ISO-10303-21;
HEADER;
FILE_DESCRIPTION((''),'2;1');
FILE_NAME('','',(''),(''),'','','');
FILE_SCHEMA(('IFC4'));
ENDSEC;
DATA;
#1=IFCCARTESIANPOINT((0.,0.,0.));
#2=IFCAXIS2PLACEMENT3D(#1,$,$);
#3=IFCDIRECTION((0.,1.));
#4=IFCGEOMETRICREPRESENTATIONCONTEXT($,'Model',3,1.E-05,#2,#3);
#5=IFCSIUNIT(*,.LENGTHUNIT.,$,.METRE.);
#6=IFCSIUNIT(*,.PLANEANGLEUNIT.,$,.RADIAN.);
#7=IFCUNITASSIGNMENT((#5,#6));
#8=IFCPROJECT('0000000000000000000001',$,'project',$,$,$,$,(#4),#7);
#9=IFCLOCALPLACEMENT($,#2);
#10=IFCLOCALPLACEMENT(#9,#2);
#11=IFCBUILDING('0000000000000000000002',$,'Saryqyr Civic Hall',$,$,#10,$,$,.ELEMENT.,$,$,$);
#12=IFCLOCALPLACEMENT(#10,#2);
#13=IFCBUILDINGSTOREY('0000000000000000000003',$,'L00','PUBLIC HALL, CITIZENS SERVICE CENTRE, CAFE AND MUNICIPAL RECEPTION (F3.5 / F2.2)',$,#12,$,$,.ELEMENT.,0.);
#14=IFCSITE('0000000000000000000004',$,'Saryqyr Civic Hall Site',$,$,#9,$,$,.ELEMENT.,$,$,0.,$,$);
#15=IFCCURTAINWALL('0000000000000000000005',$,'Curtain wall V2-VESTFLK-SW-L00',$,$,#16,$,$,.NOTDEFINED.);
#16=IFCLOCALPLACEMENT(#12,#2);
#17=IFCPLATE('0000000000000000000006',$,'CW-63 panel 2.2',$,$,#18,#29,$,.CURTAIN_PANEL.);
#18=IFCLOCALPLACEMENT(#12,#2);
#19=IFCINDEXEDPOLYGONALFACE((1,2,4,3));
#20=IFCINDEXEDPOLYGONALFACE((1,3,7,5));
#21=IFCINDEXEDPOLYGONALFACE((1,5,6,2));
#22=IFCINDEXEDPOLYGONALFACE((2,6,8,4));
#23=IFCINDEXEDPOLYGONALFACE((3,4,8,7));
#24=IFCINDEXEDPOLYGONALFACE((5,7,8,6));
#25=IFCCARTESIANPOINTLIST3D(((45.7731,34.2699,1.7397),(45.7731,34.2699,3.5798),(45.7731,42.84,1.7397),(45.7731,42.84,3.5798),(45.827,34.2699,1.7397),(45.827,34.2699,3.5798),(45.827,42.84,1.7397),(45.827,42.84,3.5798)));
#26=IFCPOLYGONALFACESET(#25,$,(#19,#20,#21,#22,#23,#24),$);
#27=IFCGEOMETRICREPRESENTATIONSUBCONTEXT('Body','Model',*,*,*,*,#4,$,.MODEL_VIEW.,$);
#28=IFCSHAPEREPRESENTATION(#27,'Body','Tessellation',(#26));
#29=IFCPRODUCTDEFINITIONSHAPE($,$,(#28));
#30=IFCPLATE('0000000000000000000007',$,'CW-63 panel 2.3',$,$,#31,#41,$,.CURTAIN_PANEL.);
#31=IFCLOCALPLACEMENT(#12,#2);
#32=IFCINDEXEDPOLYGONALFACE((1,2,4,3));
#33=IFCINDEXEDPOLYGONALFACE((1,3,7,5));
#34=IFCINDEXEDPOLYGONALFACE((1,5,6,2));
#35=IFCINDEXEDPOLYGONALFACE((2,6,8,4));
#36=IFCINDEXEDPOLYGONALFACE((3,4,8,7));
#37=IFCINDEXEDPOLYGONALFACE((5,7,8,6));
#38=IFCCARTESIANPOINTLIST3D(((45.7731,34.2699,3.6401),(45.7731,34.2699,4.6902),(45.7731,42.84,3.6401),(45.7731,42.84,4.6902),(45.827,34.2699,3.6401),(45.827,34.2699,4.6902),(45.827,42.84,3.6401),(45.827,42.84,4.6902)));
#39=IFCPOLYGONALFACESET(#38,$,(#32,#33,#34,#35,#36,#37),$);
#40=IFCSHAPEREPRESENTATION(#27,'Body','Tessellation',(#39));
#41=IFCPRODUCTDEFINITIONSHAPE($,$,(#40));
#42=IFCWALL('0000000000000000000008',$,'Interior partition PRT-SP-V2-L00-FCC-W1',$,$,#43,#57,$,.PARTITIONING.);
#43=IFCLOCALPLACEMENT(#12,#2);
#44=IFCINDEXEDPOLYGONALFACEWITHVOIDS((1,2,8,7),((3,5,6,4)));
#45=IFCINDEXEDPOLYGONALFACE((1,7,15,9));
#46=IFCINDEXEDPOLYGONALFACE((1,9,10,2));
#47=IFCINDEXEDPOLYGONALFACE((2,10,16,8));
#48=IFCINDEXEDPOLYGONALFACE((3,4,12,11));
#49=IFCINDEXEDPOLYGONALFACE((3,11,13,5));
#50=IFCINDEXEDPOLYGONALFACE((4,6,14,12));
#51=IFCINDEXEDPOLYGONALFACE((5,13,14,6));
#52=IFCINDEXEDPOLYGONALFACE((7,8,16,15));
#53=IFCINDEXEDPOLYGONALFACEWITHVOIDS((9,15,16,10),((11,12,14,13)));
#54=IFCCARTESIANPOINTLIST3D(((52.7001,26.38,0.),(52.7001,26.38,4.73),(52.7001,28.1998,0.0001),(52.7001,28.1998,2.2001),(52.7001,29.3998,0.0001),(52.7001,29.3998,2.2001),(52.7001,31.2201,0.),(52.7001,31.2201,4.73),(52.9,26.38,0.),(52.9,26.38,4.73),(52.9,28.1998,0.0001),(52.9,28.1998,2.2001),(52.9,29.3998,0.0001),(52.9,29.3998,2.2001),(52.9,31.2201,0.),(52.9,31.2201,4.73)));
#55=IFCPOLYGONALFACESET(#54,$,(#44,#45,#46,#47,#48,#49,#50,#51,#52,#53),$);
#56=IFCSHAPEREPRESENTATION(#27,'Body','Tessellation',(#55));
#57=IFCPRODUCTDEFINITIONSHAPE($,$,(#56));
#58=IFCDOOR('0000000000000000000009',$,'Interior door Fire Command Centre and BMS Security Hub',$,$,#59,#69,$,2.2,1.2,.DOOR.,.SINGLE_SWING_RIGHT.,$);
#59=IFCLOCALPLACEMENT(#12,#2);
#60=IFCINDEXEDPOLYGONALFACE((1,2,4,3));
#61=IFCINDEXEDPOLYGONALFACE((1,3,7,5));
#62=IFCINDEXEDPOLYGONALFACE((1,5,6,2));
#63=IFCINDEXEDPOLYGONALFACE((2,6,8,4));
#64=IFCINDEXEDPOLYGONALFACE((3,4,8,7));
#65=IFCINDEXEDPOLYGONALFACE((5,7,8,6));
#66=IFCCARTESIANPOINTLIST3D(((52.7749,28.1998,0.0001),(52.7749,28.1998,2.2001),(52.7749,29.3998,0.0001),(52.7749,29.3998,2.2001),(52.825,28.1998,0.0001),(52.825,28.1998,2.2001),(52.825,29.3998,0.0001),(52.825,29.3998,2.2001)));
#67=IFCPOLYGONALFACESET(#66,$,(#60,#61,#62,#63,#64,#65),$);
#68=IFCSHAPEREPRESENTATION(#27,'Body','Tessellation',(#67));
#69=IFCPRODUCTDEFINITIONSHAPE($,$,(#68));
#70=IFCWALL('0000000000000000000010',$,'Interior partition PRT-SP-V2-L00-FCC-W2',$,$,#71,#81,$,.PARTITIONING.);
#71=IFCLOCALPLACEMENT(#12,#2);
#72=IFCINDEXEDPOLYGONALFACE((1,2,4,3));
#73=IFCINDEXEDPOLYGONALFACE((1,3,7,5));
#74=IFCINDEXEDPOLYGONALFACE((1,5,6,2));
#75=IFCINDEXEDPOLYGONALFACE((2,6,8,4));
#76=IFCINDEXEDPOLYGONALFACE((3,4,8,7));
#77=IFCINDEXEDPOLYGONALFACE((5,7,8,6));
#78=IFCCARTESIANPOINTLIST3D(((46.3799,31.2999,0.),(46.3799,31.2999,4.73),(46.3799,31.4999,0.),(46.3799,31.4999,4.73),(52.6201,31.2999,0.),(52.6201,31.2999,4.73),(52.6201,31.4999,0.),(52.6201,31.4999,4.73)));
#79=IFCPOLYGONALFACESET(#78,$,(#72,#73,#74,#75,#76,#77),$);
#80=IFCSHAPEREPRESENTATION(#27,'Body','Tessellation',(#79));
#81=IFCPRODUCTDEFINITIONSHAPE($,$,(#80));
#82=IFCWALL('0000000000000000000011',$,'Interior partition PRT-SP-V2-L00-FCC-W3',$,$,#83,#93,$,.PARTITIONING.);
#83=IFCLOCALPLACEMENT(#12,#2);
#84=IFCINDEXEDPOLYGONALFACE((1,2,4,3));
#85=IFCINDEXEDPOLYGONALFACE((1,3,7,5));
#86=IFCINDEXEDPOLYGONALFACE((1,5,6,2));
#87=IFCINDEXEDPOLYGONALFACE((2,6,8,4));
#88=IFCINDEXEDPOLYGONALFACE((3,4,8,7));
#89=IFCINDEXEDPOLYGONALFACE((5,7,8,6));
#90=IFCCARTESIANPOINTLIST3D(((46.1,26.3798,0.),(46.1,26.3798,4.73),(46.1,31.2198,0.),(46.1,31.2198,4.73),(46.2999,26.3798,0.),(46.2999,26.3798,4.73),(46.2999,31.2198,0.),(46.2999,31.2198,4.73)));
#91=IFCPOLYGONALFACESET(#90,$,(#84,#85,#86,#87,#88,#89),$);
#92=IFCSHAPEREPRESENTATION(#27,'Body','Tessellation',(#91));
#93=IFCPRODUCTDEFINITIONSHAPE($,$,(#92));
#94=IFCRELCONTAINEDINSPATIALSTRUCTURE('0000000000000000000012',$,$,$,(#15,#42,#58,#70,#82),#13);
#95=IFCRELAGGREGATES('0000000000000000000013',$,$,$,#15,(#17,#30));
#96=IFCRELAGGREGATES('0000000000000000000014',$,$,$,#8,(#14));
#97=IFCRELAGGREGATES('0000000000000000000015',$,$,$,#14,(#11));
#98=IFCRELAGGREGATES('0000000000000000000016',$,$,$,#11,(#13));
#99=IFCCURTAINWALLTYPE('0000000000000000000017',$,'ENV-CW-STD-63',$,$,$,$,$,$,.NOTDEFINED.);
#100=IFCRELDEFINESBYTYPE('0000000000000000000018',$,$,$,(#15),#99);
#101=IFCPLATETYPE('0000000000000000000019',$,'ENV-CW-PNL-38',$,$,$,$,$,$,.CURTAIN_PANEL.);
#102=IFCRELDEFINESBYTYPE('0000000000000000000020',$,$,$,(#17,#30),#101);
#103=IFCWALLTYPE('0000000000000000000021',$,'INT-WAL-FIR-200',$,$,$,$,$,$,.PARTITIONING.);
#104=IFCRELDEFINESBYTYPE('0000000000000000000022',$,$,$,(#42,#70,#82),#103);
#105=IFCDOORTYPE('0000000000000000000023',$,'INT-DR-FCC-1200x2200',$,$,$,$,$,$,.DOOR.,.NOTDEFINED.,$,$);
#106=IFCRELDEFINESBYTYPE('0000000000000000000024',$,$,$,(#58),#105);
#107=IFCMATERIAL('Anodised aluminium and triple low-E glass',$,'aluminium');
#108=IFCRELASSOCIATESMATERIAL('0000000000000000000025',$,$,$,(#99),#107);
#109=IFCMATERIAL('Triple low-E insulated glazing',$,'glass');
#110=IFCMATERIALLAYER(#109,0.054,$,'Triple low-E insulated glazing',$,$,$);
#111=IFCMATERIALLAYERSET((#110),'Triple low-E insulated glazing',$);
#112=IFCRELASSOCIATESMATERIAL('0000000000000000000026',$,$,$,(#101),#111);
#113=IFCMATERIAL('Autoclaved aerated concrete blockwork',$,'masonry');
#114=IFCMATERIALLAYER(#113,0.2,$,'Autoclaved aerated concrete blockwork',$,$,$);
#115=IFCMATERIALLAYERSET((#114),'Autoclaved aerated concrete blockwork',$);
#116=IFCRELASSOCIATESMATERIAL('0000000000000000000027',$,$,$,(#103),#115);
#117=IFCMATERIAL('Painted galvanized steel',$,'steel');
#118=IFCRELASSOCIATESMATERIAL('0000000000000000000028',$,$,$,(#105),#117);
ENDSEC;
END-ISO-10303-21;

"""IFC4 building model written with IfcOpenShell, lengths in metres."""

from ifc_helpers import new_model, si_unit, direction, frame, frame_2d, origin, origin_2d, place, context, subcontext, project, spatial, rectangle, extrude, material, layer, layer_set, type_object, element, fill, aggregate, save


model = new_model("IFC4")

# Units and contexts
model_context = context("Model", 3, precision=1e-05, world=origin(), true_north=direction((0.0, 1.0)))
body_context = subcontext(model_context, "Body", "Model", "MODEL_VIEW")
ifc_project = project(units=[si_unit("LENGTHUNIT", "METRE"), si_unit("PLANEANGLEUNIT", "RADIAN")], contexts=[model_context])

# Site, building, storey
site_placement = place(None, origin())
site = spatial("IfcSite", under=ifc_project, at=site_placement, Name="Saryqyr Civic Hall Site", CompositionType="ELEMENT", RefElevation=0.0)
building_placement = place(site_placement, origin())
building = spatial("IfcBuilding", under=site, at=building_placement, Name="Saryqyr Civic Hall", CompositionType="ELEMENT")
storey_placement = place(building_placement, origin())
storey = spatial("IfcBuildingStorey", under=building, at=storey_placement, Name="L00", Description="PUBLIC HALL, CITIZENS SERVICE CENTRE, CAFE AND MUNICIPAL RECEPTION (F3.5 / F2.2)", CompositionType="ELEMENT", Elevation=0.0)

# Curtain wall, plates
ifc_material_1 = material(Name="Anodised aluminium and triple low-E glass", Category="aluminium")
curtain_wall_type = type_object("IfcCurtainWallType", Name="ENV-CW-STD-63", PredefinedType="NOTDEFINED", material=ifc_material_1)
curtain_wall_placement = place(storey_placement, origin())
curtain_wall = element("IfcCurtainWall", 1, at=curtain_wall_placement, inside=storey, type_object=curtain_wall_type, Name="Curtain wall V2-VESTFLK-SW-L00", PredefinedType="NOTDEFINED")
ifc_material_2 = material(Name="Triple low-E insulated glazing", Category="glass")
ifc_layer_1 = layer(ifc_material_2, 0.054, Name="Triple low-E insulated glazing")
ifc_layer_set_1 = layer_set([ifc_layer_1], Name="Triple low-E insulated glazing")
plate_type = type_object("IfcPlateType", Name="ENV-CW-PNL-38", PredefinedType="CURTAIN_PANEL", material=ifc_layer_set_1)
plate_1_placement = place(storey_placement, frame((45.8, 38.5549, 1.7397), z_axis=(0.0, 0.0, 1.0), x_axis=(0.0, 1.0, 0.0)))
plate_1 = element("IfcPlate", 2, at=plate_1_placement, type_object=plate_type, Name="CW-63 panel 2.2", PredefinedType="CURTAIN_PANEL", context=body_context, shape_type="SweptSolid", body=[
    extrude(rectangle(XDim=8.5701, YDim=0.054, at=origin_2d()), origin(), (0.0, 0.0, 1.0), 1.8401),
])
plate_2_placement = place(storey_placement, frame((45.8, 38.5549, 3.6401), z_axis=(0.0, 0.0, 1.0), x_axis=(0.0, 1.0, 0.0)))
plate_2 = element("IfcPlate", 3, at=plate_2_placement, type_object=plate_type, Name="CW-63 panel 2.3", PredefinedType="CURTAIN_PANEL", context=body_context, shape_type="SweptSolid", body=[
    extrude(rectangle(XDim=8.5701, YDim=0.054, at=origin_2d()), origin(), (0.0, 0.0, 1.0), 1.05),
])
aggregate(curtain_wall, [plate_1, plate_2])

# Wall, opening, door
ifc_material_3 = material(Name="Autoclaved aerated concrete blockwork", Category="masonry")
ifc_layer_2 = layer(ifc_material_3, 0.2, Name="Autoclaved aerated concrete blockwork")
ifc_layer_set_2 = layer_set([ifc_layer_2], Name="Autoclaved aerated concrete blockwork")
wall_type_1 = type_object("IfcWallType", Name="INT-WAL-FIR-200", PredefinedType="PARTITIONING", material=ifc_layer_set_2)
wall_1_placement = place(storey_placement, frame((52.8, 31.22, 0.0), z_axis=(0.0, 0.0, 1.0), x_axis=(0.0, -1.0, 0.0)))
wall_1 = element("IfcWall", 4, at=wall_1_placement, inside=storey, type_object=wall_type_1, Name="Interior partition PRT-SP-V2-L00-FCC-W1", PredefinedType="PARTITIONING", context=body_context, shape_type="SweptSolid", body=[
    extrude(rectangle(XDim=4.8401, YDim=0.2, at=frame_2d((2.4199, 0.0))), origin(), (0.0, 0.0, 1.0), 4.73),
])
opening_1_placement = place(wall_1_placement, frame((1.8201, 0.0, 0.0)))
opening_1 = element("IfcOpeningElement", 5, at=opening_1_placement, cuts=wall_1, PredefinedType="OPENING", context=body_context, shape_type="SweptSolid", body=[
    extrude(rectangle(XDim=1.2, YDim=2.2, at=frame_2d((0.6001, 1.1001))), frame((0.0, 0.1099, 0.0), z_axis=(0.0, -1.0, 0.0), x_axis=(1.0, 0.0, 0.0)), (0.0, 0.0, 1.0), 0.22),
])
ifc_material_4 = material(Name="Painted galvanized steel", Category="steel")
door_type_1 = type_object("IfcDoorType", Name="INT-DR-FCC-1200x2200", OperationType="NOTDEFINED", PredefinedType="DOOR", material=ifc_material_4)
door_1_placement = place(opening_1_placement, origin())
door_1 = element("IfcDoor", 6, at=door_1_placement, inside=storey, type_object=door_type_1, Name="Interior door Fire Command Centre and BMS Security Hub", OperationType="SINGLE_SWING_RIGHT", OverallHeight=2.2, OverallWidth=1.2, PredefinedType="DOOR", context=body_context, shape_type="SweptSolid", body=[
    extrude(rectangle(XDim=1.2, YDim=2.2, at=frame_2d((0.6001, 1.1001))), frame((0.0, 0.0249, 0.0), z_axis=(0.0, -1.0, 0.0), x_axis=(1.0, 0.0, 0.0)), (0.0, 0.0, 1.0), 0.05),
])
fill(opening_1, door_1)

# Walls
wall_2_placement = place(storey_placement, frame((46.3799, 31.3999, 0.0), z_axis=(0.0, 0.0, 1.0), x_axis=(1.0, 0.0, 0.0)))
element("IfcWall", 7, at=wall_2_placement, inside=storey, type_object=wall_type_1, Name="Interior partition PRT-SP-V2-L00-FCC-W2", PredefinedType="PARTITIONING", context=body_context, shape_type="SweptSolid", body=[
    extrude(rectangle(XDim=6.2402, YDim=0.2, at=frame_2d((3.1201, 0.0))), origin(), (0.0, 0.0, 1.0), 4.73),
])
wall_3_placement = place(storey_placement, frame((46.2, 26.3799, 0.0), z_axis=(0.0, 0.0, 1.0), x_axis=(0.0, 1.0, 0.0)))
element("IfcWall", 8, at=wall_3_placement, inside=storey, type_object=wall_type_1, Name="Interior partition PRT-SP-V2-L00-FCC-W3", PredefinedType="PARTITIONING", context=body_context, shape_type="SweptSolid", body=[
    extrude(rectangle(XDim=4.8401, YDim=0.2, at=frame_2d((2.4199, 0.0))), origin(), (0.0, 0.0, 1.0), 4.73),
])

save(model, "model.ifc")
